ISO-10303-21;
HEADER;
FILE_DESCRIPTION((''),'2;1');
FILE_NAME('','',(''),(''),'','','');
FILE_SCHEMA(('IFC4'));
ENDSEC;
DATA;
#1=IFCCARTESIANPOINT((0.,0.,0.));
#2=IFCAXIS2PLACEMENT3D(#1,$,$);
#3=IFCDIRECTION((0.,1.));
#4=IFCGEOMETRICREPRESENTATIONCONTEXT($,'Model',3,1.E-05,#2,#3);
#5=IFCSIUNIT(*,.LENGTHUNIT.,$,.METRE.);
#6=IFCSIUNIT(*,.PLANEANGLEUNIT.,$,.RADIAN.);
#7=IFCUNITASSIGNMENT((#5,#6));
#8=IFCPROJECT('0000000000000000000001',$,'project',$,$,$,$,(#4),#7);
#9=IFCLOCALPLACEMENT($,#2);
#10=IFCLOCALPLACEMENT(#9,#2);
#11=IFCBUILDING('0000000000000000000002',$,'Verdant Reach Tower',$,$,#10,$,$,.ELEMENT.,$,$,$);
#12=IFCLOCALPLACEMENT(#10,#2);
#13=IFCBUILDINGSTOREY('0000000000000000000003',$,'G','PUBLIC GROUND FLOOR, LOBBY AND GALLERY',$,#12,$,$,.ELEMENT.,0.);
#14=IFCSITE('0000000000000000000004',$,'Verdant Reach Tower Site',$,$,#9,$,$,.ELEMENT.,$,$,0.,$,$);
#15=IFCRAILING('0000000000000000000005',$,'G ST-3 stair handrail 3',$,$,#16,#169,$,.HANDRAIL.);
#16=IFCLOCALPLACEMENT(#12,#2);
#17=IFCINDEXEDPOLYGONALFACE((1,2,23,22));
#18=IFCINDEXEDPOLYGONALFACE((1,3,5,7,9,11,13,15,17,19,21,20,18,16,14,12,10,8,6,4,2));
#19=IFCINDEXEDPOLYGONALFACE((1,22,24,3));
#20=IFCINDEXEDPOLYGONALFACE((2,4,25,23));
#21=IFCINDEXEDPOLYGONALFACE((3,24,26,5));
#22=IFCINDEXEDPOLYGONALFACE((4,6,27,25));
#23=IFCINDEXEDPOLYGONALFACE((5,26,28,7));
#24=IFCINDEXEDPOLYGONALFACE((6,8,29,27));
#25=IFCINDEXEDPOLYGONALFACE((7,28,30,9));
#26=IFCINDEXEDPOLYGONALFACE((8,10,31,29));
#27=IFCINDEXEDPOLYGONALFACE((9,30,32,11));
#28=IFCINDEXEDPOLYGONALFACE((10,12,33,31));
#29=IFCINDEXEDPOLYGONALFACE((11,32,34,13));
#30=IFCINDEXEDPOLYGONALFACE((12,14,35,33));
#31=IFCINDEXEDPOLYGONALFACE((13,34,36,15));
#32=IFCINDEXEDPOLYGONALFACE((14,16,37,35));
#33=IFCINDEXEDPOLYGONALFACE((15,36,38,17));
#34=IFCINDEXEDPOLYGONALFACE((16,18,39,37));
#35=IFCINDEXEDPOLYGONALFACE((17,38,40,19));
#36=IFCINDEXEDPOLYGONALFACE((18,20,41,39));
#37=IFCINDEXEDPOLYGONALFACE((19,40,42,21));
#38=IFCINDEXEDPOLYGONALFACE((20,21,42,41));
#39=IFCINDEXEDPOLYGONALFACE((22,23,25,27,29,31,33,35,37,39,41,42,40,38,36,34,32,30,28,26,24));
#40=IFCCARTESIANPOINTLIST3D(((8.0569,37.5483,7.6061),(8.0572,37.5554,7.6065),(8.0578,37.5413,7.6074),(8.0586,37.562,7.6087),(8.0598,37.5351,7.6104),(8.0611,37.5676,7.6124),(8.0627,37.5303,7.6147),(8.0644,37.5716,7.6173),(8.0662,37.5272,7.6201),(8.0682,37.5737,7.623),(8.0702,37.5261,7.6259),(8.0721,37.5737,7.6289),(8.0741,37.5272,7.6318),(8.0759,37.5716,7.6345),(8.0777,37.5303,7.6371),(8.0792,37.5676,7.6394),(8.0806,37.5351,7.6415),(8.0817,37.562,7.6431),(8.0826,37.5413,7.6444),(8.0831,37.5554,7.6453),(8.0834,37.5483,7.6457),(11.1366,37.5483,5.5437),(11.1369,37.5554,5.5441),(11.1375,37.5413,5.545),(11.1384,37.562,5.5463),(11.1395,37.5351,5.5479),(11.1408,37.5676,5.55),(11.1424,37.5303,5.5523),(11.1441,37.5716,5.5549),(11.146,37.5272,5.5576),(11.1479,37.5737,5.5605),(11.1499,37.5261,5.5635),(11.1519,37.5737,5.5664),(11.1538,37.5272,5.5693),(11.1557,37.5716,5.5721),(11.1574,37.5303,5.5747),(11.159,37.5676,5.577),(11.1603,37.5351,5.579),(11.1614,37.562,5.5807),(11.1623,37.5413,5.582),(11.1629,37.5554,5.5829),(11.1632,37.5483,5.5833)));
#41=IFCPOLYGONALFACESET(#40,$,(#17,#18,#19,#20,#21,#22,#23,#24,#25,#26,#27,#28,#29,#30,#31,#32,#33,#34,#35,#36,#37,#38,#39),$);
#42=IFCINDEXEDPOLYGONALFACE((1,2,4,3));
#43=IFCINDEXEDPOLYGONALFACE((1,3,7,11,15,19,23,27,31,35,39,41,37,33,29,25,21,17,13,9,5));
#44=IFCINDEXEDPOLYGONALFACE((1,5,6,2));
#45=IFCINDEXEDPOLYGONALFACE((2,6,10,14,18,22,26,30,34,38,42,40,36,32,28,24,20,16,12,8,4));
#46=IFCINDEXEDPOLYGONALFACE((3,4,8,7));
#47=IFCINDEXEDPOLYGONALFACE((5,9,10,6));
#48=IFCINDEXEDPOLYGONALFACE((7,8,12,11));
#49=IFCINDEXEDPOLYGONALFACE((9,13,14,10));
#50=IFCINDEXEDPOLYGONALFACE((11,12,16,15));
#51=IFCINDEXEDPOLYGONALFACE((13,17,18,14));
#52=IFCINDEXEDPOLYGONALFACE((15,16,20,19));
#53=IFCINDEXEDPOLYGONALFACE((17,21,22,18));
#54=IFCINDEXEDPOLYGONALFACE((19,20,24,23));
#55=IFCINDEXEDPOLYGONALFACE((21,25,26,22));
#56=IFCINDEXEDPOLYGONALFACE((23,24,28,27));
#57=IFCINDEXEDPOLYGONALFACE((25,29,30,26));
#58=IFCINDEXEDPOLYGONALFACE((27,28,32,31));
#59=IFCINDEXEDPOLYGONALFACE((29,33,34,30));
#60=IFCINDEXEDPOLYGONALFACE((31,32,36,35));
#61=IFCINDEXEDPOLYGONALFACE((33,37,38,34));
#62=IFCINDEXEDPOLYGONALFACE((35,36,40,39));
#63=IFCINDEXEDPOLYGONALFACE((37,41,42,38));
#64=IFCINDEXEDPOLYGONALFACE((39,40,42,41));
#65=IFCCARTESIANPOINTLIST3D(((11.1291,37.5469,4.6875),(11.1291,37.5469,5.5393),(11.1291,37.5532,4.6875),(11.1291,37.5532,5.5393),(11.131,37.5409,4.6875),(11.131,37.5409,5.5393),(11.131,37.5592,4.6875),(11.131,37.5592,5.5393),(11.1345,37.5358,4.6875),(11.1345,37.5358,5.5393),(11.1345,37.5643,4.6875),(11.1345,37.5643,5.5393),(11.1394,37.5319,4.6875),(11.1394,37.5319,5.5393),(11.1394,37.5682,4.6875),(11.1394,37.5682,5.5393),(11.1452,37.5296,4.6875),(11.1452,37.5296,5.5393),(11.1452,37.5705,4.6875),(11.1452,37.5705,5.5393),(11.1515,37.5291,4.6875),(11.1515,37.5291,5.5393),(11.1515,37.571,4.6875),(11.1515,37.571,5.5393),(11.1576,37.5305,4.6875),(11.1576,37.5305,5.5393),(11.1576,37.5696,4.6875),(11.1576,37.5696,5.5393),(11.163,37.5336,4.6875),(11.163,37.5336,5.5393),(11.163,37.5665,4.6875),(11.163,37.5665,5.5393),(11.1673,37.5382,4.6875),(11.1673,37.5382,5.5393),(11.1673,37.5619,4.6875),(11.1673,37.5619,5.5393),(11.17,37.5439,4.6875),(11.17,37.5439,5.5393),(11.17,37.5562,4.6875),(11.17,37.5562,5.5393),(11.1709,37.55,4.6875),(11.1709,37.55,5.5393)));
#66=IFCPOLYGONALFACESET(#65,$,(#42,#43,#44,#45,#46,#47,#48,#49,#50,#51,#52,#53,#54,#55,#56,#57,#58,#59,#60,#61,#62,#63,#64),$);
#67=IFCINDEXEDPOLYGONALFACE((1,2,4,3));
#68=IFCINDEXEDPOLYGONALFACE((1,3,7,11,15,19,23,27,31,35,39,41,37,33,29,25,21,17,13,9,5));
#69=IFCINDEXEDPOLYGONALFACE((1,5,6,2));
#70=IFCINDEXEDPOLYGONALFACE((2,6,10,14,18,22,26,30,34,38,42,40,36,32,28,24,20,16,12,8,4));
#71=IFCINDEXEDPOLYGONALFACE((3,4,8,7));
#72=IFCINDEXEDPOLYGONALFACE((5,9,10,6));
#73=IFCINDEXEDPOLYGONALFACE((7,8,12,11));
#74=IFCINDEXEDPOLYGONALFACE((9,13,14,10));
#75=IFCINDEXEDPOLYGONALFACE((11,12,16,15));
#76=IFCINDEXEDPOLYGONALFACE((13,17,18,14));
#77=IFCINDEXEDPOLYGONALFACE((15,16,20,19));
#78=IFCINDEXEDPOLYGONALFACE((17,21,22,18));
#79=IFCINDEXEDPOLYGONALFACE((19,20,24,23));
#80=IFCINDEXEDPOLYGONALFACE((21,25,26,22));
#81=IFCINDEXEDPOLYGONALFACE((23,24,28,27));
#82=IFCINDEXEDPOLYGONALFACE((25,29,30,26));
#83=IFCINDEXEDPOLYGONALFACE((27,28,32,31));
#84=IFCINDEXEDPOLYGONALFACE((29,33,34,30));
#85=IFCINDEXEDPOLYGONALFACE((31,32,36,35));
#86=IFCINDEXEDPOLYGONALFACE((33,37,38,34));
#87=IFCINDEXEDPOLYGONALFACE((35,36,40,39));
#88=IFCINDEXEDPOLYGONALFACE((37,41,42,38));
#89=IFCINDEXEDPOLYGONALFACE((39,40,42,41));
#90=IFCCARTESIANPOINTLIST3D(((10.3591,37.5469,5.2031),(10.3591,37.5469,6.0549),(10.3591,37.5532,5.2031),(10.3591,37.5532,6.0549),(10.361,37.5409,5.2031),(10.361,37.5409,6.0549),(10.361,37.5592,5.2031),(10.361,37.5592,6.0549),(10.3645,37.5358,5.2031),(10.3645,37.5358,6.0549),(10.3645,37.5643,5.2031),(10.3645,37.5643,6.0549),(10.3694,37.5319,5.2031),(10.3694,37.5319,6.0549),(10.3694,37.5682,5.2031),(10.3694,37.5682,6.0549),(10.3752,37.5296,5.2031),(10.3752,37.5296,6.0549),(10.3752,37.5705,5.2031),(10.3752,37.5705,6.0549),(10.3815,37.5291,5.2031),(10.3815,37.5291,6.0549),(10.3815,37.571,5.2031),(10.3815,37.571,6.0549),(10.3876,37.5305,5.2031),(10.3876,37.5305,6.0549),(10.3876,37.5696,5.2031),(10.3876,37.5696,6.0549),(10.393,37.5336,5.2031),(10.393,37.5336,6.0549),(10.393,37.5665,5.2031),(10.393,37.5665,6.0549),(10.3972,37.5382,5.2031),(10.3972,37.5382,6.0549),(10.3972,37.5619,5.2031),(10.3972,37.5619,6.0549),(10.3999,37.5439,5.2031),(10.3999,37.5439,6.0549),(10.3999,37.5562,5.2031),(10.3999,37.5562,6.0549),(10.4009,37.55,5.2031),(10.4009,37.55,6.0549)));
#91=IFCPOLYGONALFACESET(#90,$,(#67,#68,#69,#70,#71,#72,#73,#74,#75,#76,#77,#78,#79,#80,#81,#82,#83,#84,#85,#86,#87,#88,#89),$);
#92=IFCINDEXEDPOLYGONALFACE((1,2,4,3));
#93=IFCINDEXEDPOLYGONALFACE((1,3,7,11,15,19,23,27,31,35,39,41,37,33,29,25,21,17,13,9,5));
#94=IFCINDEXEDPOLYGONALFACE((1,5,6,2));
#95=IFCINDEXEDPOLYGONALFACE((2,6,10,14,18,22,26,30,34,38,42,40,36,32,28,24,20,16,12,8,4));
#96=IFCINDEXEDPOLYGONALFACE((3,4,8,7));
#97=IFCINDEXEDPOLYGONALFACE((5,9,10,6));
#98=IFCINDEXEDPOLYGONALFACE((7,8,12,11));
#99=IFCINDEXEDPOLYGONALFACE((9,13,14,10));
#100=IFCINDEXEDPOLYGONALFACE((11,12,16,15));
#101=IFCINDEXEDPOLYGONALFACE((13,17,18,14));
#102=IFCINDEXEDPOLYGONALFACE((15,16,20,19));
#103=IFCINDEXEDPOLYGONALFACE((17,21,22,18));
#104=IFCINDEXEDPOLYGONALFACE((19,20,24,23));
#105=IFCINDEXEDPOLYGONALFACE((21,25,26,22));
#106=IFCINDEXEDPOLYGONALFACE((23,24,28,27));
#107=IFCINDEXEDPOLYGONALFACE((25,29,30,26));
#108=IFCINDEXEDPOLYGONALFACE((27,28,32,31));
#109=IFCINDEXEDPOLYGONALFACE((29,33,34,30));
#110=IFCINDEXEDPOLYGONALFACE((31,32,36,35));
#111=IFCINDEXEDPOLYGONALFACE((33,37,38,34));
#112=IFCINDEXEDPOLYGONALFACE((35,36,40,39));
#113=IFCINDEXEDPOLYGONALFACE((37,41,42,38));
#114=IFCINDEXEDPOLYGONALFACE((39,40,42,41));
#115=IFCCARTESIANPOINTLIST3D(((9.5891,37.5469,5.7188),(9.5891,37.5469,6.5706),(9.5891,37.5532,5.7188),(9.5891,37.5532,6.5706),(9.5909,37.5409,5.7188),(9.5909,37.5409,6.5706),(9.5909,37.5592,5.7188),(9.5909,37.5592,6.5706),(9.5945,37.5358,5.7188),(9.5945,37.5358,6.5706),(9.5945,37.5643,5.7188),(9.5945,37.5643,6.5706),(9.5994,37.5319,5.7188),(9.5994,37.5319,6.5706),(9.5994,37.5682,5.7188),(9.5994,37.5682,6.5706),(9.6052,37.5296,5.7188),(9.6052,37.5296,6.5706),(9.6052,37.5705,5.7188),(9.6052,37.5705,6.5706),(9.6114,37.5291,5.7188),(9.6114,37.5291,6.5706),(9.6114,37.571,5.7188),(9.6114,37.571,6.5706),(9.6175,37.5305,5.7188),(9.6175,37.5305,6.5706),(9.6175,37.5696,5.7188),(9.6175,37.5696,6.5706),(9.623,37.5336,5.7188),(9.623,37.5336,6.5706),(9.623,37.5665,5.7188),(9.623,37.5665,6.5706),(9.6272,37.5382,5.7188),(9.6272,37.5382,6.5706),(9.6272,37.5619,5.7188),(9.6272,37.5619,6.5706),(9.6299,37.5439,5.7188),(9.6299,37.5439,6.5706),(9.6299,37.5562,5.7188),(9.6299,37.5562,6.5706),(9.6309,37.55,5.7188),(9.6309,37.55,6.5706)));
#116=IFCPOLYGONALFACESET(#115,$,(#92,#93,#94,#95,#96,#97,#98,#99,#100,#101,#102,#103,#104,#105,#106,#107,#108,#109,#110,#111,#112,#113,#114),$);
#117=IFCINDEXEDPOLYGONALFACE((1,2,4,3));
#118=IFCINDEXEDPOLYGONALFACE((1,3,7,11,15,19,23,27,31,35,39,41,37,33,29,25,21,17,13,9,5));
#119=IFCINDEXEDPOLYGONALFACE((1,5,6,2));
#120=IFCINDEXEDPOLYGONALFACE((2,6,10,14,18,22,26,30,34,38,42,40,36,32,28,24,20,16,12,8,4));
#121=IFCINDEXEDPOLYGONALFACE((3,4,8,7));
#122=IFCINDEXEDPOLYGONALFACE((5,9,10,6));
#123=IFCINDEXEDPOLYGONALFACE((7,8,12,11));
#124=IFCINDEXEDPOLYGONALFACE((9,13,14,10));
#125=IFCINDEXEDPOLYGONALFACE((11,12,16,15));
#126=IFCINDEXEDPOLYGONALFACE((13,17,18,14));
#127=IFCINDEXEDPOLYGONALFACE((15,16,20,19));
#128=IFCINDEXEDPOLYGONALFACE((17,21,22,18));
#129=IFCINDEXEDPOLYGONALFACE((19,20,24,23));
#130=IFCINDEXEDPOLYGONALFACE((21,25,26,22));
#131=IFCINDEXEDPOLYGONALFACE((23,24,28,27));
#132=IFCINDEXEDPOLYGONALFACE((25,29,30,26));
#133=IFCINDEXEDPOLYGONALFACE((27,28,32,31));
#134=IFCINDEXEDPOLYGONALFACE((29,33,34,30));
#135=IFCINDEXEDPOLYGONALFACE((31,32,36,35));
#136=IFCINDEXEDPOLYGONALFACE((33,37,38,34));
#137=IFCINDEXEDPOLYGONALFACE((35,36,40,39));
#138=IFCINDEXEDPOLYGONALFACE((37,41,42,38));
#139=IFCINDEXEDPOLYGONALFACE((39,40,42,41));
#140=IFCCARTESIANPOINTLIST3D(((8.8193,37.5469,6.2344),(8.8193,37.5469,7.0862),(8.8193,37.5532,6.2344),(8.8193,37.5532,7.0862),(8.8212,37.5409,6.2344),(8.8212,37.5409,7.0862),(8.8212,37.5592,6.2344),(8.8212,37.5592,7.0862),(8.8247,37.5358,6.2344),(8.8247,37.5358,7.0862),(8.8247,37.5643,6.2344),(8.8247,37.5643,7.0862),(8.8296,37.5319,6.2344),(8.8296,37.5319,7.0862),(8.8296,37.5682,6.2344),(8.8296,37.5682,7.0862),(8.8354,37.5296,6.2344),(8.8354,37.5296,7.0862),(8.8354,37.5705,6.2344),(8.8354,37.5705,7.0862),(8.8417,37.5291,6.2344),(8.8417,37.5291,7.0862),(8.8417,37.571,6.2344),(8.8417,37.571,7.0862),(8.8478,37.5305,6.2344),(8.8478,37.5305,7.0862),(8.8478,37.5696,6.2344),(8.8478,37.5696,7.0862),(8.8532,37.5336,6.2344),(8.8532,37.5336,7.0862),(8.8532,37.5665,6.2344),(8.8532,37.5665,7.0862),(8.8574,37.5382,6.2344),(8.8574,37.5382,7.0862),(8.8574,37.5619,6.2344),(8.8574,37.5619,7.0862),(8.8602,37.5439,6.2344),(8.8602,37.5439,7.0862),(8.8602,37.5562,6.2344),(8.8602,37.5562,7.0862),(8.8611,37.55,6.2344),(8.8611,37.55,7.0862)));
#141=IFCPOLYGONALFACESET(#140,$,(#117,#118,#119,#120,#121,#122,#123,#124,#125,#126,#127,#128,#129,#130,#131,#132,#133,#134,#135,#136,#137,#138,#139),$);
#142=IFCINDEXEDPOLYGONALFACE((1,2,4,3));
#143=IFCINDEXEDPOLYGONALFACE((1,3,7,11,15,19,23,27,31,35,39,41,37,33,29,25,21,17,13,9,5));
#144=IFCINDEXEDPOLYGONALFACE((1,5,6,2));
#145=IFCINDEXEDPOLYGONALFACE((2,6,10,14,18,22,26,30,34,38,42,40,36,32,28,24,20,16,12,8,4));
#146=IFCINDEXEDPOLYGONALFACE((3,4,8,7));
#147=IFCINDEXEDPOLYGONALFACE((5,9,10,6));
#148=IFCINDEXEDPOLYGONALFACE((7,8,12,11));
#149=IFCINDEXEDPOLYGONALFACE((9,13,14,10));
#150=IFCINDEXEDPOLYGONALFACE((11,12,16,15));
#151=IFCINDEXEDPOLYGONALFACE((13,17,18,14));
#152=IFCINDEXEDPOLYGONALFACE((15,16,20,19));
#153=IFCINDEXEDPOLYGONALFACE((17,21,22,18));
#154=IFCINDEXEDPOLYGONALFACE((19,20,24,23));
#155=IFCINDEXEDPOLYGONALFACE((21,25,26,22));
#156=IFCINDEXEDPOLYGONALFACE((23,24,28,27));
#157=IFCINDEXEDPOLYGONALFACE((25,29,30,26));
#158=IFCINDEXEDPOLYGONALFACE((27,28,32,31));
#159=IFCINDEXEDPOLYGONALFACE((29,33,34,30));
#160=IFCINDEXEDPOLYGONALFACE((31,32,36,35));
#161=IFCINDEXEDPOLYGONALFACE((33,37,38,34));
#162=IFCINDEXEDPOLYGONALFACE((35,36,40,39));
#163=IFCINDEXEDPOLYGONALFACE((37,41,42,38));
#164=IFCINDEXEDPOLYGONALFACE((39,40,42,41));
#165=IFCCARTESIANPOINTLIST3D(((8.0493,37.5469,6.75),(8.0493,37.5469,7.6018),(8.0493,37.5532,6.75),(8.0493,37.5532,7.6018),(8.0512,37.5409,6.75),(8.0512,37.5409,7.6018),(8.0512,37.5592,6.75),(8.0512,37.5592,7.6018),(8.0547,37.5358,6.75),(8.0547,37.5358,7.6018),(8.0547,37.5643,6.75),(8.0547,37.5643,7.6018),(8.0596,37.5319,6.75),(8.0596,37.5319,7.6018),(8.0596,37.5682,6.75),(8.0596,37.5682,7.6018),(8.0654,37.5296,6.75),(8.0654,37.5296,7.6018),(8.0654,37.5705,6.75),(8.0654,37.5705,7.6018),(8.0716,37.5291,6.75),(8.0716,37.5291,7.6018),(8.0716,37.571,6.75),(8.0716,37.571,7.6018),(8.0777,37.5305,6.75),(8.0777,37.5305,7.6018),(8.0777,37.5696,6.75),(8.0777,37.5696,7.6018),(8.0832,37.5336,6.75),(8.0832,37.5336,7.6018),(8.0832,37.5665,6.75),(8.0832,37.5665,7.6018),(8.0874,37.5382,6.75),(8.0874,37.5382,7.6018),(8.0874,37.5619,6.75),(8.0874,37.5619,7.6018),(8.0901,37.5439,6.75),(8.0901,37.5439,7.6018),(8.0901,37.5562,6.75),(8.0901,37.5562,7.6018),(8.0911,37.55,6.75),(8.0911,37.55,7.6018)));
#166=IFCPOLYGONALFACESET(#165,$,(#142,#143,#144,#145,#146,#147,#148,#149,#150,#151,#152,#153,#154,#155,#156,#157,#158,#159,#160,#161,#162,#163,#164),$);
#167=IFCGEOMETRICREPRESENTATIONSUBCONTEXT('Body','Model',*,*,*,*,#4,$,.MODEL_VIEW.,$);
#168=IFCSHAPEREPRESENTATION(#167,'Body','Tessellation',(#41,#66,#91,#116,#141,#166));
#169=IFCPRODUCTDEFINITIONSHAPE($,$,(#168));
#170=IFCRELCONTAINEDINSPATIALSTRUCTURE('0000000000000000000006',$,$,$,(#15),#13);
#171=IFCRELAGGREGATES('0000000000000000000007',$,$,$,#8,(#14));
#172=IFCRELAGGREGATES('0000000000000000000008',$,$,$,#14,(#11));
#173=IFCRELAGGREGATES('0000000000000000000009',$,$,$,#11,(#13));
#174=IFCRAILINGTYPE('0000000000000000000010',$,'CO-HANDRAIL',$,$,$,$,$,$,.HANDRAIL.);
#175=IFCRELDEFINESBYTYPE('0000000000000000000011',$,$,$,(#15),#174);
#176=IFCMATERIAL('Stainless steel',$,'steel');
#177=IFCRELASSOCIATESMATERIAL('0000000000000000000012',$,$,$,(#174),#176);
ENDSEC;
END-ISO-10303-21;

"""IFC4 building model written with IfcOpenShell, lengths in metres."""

from ifc_helpers import new_model, si_unit, direction, frame, origin, origin_2d, place, context, subcontext, project, spatial, circle, extrude, material, type_object, element, save


model = new_model("IFC4")

# Units and contexts
model_context = context("Model", 3, precision=1e-05, world=origin(), true_north=direction((0.0, 1.0)))
body_context = subcontext(model_context, "Body", "Model", "MODEL_VIEW")
ifc_project = project(units=[si_unit("LENGTHUNIT", "METRE"), si_unit("PLANEANGLEUNIT", "RADIAN")], contexts=[model_context])

# Site, building, storey
site_placement = place(None, origin())
site = spatial("IfcSite", under=ifc_project, at=site_placement, Name="Verdant Reach Tower Site", CompositionType="ELEMENT", RefElevation=0.0)
building_placement = place(site_placement, origin())
building = spatial("IfcBuilding", under=site, at=building_placement, Name="Verdant Reach Tower", CompositionType="ELEMENT")
storey_placement = place(building_placement, origin())
storey = spatial("IfcBuildingStorey", under=building, at=storey_placement, Name="G", Description="PUBLIC GROUND FLOOR, LOBBY AND GALLERY", CompositionType="ELEMENT", Elevation=0.0)

# Railing
ifc_material_1 = material(Name="Stainless steel", Category="steel")
railing_type = type_object("IfcRailingType", Name="CO-HANDRAIL", PredefinedType="HANDRAIL", material=ifc_material_1)
railing_placement = place(storey_placement, frame((11.1499, 37.55, 4.6875)))
element("IfcRailing", 1, at=railing_placement, inside=storey, type_object=railing_type, Name="G ST-3 stair handrail 3", PredefinedType="HANDRAIL", context=body_context, shape_type="SweptSolid", body=[
    extrude(circle(Radius=0.0239, at=origin_2d()), frame((0.0, 0.0, 0.876), z_axis=(-0.830893, 0.0, 0.556432), x_axis=(0.0, -1.0, 0.0)), (0.0, 0.0, 1.0), 3.7065),
    extrude(circle(Radius=0.021, at=origin_2d()), origin(), (0.0, 0.0, 1.0), 0.8518),
    extrude(circle(Radius=0.021, at=origin_2d()), frame((-0.77, 0.0, 0.5156)), (0.0, 0.0, 1.0), 0.8518),
    extrude(circle(Radius=0.021, at=origin_2d()), frame((-1.54, 0.0, 1.0312)), (0.0, 0.0, 1.0), 0.8518),
    extrude(circle(Radius=0.021, at=origin_2d()), frame((-2.3098, 0.0, 1.5469)), (0.0, 0.0, 1.0), 0.8518),
    extrude(circle(Radius=0.021, at=origin_2d()), frame((-3.0798, 0.0, 2.0625)), (0.0, 0.0, 1.0), 0.8518),
])

save(model, "model.ifc")
